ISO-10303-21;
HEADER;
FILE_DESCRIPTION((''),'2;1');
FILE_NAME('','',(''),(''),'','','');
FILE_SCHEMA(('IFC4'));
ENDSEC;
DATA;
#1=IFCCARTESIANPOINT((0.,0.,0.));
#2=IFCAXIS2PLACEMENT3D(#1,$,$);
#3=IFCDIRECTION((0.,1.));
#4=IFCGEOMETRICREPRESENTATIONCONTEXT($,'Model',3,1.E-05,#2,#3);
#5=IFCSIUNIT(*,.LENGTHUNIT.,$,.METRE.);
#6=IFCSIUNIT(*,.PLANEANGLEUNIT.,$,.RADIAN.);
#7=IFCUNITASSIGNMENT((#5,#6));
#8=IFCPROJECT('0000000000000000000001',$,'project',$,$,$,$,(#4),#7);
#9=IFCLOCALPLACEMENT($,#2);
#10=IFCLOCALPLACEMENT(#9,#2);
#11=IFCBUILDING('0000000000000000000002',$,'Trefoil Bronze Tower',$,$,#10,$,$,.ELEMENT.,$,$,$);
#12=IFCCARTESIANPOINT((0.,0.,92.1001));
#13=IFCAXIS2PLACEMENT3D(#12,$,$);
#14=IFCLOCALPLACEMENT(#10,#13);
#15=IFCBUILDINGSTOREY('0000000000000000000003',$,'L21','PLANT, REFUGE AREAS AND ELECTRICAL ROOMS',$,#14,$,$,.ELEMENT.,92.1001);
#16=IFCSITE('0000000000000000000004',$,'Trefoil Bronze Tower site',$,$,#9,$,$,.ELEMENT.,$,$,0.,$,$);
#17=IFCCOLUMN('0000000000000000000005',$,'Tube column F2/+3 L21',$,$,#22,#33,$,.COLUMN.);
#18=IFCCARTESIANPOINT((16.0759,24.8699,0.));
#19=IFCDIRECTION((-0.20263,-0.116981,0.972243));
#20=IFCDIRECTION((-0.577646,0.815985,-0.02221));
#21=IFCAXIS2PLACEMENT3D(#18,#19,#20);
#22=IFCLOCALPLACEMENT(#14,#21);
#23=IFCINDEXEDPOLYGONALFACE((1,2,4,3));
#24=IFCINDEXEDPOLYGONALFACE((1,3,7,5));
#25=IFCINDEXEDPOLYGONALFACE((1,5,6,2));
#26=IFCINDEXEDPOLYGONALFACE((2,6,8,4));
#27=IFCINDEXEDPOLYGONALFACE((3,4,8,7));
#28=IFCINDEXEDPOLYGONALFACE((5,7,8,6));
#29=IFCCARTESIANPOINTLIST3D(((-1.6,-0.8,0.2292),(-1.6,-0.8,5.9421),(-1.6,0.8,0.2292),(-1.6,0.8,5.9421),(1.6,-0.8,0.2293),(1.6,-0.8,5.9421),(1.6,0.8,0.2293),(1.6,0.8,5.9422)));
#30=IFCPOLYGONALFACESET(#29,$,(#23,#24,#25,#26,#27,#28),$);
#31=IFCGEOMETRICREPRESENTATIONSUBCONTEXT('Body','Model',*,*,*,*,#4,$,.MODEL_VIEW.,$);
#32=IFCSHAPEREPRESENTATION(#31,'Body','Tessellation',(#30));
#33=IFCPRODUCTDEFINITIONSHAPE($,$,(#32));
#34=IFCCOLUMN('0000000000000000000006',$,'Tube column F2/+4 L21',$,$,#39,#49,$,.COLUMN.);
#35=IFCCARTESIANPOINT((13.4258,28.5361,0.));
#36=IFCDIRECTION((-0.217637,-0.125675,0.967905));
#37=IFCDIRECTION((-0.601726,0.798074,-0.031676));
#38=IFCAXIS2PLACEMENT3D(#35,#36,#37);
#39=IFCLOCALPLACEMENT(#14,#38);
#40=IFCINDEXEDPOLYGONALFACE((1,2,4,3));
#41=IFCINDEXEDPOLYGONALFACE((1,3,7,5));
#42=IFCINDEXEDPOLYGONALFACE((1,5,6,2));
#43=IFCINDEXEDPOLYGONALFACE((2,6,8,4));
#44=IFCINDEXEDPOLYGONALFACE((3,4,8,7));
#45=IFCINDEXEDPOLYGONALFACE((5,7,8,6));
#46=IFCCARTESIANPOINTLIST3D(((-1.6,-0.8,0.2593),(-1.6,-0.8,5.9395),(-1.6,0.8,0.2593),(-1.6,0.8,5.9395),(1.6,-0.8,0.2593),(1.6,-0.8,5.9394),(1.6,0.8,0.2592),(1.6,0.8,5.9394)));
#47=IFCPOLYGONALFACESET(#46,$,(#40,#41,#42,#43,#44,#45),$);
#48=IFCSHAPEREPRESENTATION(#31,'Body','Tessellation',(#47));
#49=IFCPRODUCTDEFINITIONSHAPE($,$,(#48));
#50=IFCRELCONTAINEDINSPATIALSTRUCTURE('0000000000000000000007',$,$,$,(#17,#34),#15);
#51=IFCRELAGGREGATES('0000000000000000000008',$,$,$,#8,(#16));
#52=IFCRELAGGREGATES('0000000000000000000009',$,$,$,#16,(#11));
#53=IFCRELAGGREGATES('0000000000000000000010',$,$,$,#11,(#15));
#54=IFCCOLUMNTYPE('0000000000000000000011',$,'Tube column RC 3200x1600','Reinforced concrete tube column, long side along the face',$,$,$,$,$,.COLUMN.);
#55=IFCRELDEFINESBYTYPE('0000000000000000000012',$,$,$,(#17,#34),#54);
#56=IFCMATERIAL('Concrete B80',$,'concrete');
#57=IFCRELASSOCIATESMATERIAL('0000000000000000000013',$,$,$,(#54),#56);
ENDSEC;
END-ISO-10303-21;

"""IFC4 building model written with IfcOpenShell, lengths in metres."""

from ifc_helpers import new_model, si_unit, direction, frame, origin, origin_2d, place, context, subcontext, project, spatial, rectangle, extrude, clip, halfspace, material, material_profile, profile_set, type_object, element, save


model = new_model("IFC4")

# Units and contexts
model_context = context("Model", 3, precision=1e-05, world=origin(), true_north=direction((0.0, 1.0)))
body_context = subcontext(model_context, "Body", "Model", "MODEL_VIEW")
ifc_project = project(units=[si_unit("LENGTHUNIT", "METRE"), si_unit("PLANEANGLEUNIT", "RADIAN")], contexts=[model_context])

# Site, building, storey
site_placement = place(None, origin())
site = spatial("IfcSite", under=ifc_project, at=site_placement, Name="Trefoil Bronze Tower site", CompositionType="ELEMENT", RefElevation=0.0)
building_placement = place(site_placement, origin())
building = spatial("IfcBuilding", under=site, at=building_placement, Name="Trefoil Bronze Tower", CompositionType="ELEMENT")
storey_placement = place(building_placement, frame((0.0, 0.0, 92.1001)))
storey = spatial("IfcBuildingStorey", under=building, at=storey_placement, Name="L21", Description="PLANT, REFUGE AREAS AND ELECTRICAL ROOMS", CompositionType="ELEMENT", Elevation=92.1001)

# Columns
ifc_material_1 = material(Name="Concrete B80", Category="concrete")
ifc_material_profile_1 = material_profile(ifc_material_1, rectangle(XDim=3.2, YDim=1.6001, at=origin_2d()), Name="RC 3200x1600")
ifc_profile_set_1 = profile_set([ifc_material_profile_1], Name="Concrete B80")
column_type = type_object("IfcColumnType", Name="Tube column RC 3200x1600", Description="Reinforced concrete tube column, long side along the face", PredefinedType="COLUMN", material=ifc_profile_set_1)
column_1_placement = place(storey_placement, frame((16.0759, 24.8699, 0.0), z_axis=(-0.20263, -0.116981, 0.972243), x_axis=(-0.577646, 0.815985, -0.02221)))
element("IfcColumn", 1, at=column_1_placement, inside=storey, type_object=column_type, Name="Tube column F2/+3 L21", PredefinedType="COLUMN", context=body_context, shape_type="Clipping", body=[
    clip(clip(extrude(rectangle(XDim=3.2, YDim=1.6001, at=origin_2d()), origin(), (0.0, 0.0, 1.0), 6.1714), halfspace(frame((0.0, 0.0002, 0.2292), z_axis=(-0.000007, -0.000002, 1.0), x_axis=(0.0, 1.0, 0.000002)), True)), halfspace(frame((0.0, 0.0002, 5.9421), z_axis=(0.000007, 0.000002, -1.0), x_axis=(0.0, -1.0, -0.000002)), True)),
])
column_2_placement = place(storey_placement, frame((13.4258, 28.5361, 0.0), z_axis=(-0.217637, -0.125675, 0.967905), x_axis=(-0.601726, 0.798074, -0.031676)))
element("IfcColumn", 2, at=column_2_placement, inside=storey, type_object=column_type, Name="Tube column F2/+4 L21", PredefinedType="COLUMN", context=body_context, shape_type="Clipping", body=[
    clip(clip(extrude(rectangle(XDim=3.2, YDim=1.6001, at=origin_2d()), origin(), (0.0, 0.0, 1.0), 6.199), halfspace(frame((0.0, 0.0, 0.2593), z_axis=(0.000022, 0.00002, 1.0), x_axis=(0.0, 1.0, -0.00002)), True)), halfspace(frame((0.0, 0.0002, 5.9395), z_axis=(-0.000022, -0.00002, -1.0), x_axis=(0.0, -1.0, 0.00002)), True)),
])

save(model, "model.ifc")
